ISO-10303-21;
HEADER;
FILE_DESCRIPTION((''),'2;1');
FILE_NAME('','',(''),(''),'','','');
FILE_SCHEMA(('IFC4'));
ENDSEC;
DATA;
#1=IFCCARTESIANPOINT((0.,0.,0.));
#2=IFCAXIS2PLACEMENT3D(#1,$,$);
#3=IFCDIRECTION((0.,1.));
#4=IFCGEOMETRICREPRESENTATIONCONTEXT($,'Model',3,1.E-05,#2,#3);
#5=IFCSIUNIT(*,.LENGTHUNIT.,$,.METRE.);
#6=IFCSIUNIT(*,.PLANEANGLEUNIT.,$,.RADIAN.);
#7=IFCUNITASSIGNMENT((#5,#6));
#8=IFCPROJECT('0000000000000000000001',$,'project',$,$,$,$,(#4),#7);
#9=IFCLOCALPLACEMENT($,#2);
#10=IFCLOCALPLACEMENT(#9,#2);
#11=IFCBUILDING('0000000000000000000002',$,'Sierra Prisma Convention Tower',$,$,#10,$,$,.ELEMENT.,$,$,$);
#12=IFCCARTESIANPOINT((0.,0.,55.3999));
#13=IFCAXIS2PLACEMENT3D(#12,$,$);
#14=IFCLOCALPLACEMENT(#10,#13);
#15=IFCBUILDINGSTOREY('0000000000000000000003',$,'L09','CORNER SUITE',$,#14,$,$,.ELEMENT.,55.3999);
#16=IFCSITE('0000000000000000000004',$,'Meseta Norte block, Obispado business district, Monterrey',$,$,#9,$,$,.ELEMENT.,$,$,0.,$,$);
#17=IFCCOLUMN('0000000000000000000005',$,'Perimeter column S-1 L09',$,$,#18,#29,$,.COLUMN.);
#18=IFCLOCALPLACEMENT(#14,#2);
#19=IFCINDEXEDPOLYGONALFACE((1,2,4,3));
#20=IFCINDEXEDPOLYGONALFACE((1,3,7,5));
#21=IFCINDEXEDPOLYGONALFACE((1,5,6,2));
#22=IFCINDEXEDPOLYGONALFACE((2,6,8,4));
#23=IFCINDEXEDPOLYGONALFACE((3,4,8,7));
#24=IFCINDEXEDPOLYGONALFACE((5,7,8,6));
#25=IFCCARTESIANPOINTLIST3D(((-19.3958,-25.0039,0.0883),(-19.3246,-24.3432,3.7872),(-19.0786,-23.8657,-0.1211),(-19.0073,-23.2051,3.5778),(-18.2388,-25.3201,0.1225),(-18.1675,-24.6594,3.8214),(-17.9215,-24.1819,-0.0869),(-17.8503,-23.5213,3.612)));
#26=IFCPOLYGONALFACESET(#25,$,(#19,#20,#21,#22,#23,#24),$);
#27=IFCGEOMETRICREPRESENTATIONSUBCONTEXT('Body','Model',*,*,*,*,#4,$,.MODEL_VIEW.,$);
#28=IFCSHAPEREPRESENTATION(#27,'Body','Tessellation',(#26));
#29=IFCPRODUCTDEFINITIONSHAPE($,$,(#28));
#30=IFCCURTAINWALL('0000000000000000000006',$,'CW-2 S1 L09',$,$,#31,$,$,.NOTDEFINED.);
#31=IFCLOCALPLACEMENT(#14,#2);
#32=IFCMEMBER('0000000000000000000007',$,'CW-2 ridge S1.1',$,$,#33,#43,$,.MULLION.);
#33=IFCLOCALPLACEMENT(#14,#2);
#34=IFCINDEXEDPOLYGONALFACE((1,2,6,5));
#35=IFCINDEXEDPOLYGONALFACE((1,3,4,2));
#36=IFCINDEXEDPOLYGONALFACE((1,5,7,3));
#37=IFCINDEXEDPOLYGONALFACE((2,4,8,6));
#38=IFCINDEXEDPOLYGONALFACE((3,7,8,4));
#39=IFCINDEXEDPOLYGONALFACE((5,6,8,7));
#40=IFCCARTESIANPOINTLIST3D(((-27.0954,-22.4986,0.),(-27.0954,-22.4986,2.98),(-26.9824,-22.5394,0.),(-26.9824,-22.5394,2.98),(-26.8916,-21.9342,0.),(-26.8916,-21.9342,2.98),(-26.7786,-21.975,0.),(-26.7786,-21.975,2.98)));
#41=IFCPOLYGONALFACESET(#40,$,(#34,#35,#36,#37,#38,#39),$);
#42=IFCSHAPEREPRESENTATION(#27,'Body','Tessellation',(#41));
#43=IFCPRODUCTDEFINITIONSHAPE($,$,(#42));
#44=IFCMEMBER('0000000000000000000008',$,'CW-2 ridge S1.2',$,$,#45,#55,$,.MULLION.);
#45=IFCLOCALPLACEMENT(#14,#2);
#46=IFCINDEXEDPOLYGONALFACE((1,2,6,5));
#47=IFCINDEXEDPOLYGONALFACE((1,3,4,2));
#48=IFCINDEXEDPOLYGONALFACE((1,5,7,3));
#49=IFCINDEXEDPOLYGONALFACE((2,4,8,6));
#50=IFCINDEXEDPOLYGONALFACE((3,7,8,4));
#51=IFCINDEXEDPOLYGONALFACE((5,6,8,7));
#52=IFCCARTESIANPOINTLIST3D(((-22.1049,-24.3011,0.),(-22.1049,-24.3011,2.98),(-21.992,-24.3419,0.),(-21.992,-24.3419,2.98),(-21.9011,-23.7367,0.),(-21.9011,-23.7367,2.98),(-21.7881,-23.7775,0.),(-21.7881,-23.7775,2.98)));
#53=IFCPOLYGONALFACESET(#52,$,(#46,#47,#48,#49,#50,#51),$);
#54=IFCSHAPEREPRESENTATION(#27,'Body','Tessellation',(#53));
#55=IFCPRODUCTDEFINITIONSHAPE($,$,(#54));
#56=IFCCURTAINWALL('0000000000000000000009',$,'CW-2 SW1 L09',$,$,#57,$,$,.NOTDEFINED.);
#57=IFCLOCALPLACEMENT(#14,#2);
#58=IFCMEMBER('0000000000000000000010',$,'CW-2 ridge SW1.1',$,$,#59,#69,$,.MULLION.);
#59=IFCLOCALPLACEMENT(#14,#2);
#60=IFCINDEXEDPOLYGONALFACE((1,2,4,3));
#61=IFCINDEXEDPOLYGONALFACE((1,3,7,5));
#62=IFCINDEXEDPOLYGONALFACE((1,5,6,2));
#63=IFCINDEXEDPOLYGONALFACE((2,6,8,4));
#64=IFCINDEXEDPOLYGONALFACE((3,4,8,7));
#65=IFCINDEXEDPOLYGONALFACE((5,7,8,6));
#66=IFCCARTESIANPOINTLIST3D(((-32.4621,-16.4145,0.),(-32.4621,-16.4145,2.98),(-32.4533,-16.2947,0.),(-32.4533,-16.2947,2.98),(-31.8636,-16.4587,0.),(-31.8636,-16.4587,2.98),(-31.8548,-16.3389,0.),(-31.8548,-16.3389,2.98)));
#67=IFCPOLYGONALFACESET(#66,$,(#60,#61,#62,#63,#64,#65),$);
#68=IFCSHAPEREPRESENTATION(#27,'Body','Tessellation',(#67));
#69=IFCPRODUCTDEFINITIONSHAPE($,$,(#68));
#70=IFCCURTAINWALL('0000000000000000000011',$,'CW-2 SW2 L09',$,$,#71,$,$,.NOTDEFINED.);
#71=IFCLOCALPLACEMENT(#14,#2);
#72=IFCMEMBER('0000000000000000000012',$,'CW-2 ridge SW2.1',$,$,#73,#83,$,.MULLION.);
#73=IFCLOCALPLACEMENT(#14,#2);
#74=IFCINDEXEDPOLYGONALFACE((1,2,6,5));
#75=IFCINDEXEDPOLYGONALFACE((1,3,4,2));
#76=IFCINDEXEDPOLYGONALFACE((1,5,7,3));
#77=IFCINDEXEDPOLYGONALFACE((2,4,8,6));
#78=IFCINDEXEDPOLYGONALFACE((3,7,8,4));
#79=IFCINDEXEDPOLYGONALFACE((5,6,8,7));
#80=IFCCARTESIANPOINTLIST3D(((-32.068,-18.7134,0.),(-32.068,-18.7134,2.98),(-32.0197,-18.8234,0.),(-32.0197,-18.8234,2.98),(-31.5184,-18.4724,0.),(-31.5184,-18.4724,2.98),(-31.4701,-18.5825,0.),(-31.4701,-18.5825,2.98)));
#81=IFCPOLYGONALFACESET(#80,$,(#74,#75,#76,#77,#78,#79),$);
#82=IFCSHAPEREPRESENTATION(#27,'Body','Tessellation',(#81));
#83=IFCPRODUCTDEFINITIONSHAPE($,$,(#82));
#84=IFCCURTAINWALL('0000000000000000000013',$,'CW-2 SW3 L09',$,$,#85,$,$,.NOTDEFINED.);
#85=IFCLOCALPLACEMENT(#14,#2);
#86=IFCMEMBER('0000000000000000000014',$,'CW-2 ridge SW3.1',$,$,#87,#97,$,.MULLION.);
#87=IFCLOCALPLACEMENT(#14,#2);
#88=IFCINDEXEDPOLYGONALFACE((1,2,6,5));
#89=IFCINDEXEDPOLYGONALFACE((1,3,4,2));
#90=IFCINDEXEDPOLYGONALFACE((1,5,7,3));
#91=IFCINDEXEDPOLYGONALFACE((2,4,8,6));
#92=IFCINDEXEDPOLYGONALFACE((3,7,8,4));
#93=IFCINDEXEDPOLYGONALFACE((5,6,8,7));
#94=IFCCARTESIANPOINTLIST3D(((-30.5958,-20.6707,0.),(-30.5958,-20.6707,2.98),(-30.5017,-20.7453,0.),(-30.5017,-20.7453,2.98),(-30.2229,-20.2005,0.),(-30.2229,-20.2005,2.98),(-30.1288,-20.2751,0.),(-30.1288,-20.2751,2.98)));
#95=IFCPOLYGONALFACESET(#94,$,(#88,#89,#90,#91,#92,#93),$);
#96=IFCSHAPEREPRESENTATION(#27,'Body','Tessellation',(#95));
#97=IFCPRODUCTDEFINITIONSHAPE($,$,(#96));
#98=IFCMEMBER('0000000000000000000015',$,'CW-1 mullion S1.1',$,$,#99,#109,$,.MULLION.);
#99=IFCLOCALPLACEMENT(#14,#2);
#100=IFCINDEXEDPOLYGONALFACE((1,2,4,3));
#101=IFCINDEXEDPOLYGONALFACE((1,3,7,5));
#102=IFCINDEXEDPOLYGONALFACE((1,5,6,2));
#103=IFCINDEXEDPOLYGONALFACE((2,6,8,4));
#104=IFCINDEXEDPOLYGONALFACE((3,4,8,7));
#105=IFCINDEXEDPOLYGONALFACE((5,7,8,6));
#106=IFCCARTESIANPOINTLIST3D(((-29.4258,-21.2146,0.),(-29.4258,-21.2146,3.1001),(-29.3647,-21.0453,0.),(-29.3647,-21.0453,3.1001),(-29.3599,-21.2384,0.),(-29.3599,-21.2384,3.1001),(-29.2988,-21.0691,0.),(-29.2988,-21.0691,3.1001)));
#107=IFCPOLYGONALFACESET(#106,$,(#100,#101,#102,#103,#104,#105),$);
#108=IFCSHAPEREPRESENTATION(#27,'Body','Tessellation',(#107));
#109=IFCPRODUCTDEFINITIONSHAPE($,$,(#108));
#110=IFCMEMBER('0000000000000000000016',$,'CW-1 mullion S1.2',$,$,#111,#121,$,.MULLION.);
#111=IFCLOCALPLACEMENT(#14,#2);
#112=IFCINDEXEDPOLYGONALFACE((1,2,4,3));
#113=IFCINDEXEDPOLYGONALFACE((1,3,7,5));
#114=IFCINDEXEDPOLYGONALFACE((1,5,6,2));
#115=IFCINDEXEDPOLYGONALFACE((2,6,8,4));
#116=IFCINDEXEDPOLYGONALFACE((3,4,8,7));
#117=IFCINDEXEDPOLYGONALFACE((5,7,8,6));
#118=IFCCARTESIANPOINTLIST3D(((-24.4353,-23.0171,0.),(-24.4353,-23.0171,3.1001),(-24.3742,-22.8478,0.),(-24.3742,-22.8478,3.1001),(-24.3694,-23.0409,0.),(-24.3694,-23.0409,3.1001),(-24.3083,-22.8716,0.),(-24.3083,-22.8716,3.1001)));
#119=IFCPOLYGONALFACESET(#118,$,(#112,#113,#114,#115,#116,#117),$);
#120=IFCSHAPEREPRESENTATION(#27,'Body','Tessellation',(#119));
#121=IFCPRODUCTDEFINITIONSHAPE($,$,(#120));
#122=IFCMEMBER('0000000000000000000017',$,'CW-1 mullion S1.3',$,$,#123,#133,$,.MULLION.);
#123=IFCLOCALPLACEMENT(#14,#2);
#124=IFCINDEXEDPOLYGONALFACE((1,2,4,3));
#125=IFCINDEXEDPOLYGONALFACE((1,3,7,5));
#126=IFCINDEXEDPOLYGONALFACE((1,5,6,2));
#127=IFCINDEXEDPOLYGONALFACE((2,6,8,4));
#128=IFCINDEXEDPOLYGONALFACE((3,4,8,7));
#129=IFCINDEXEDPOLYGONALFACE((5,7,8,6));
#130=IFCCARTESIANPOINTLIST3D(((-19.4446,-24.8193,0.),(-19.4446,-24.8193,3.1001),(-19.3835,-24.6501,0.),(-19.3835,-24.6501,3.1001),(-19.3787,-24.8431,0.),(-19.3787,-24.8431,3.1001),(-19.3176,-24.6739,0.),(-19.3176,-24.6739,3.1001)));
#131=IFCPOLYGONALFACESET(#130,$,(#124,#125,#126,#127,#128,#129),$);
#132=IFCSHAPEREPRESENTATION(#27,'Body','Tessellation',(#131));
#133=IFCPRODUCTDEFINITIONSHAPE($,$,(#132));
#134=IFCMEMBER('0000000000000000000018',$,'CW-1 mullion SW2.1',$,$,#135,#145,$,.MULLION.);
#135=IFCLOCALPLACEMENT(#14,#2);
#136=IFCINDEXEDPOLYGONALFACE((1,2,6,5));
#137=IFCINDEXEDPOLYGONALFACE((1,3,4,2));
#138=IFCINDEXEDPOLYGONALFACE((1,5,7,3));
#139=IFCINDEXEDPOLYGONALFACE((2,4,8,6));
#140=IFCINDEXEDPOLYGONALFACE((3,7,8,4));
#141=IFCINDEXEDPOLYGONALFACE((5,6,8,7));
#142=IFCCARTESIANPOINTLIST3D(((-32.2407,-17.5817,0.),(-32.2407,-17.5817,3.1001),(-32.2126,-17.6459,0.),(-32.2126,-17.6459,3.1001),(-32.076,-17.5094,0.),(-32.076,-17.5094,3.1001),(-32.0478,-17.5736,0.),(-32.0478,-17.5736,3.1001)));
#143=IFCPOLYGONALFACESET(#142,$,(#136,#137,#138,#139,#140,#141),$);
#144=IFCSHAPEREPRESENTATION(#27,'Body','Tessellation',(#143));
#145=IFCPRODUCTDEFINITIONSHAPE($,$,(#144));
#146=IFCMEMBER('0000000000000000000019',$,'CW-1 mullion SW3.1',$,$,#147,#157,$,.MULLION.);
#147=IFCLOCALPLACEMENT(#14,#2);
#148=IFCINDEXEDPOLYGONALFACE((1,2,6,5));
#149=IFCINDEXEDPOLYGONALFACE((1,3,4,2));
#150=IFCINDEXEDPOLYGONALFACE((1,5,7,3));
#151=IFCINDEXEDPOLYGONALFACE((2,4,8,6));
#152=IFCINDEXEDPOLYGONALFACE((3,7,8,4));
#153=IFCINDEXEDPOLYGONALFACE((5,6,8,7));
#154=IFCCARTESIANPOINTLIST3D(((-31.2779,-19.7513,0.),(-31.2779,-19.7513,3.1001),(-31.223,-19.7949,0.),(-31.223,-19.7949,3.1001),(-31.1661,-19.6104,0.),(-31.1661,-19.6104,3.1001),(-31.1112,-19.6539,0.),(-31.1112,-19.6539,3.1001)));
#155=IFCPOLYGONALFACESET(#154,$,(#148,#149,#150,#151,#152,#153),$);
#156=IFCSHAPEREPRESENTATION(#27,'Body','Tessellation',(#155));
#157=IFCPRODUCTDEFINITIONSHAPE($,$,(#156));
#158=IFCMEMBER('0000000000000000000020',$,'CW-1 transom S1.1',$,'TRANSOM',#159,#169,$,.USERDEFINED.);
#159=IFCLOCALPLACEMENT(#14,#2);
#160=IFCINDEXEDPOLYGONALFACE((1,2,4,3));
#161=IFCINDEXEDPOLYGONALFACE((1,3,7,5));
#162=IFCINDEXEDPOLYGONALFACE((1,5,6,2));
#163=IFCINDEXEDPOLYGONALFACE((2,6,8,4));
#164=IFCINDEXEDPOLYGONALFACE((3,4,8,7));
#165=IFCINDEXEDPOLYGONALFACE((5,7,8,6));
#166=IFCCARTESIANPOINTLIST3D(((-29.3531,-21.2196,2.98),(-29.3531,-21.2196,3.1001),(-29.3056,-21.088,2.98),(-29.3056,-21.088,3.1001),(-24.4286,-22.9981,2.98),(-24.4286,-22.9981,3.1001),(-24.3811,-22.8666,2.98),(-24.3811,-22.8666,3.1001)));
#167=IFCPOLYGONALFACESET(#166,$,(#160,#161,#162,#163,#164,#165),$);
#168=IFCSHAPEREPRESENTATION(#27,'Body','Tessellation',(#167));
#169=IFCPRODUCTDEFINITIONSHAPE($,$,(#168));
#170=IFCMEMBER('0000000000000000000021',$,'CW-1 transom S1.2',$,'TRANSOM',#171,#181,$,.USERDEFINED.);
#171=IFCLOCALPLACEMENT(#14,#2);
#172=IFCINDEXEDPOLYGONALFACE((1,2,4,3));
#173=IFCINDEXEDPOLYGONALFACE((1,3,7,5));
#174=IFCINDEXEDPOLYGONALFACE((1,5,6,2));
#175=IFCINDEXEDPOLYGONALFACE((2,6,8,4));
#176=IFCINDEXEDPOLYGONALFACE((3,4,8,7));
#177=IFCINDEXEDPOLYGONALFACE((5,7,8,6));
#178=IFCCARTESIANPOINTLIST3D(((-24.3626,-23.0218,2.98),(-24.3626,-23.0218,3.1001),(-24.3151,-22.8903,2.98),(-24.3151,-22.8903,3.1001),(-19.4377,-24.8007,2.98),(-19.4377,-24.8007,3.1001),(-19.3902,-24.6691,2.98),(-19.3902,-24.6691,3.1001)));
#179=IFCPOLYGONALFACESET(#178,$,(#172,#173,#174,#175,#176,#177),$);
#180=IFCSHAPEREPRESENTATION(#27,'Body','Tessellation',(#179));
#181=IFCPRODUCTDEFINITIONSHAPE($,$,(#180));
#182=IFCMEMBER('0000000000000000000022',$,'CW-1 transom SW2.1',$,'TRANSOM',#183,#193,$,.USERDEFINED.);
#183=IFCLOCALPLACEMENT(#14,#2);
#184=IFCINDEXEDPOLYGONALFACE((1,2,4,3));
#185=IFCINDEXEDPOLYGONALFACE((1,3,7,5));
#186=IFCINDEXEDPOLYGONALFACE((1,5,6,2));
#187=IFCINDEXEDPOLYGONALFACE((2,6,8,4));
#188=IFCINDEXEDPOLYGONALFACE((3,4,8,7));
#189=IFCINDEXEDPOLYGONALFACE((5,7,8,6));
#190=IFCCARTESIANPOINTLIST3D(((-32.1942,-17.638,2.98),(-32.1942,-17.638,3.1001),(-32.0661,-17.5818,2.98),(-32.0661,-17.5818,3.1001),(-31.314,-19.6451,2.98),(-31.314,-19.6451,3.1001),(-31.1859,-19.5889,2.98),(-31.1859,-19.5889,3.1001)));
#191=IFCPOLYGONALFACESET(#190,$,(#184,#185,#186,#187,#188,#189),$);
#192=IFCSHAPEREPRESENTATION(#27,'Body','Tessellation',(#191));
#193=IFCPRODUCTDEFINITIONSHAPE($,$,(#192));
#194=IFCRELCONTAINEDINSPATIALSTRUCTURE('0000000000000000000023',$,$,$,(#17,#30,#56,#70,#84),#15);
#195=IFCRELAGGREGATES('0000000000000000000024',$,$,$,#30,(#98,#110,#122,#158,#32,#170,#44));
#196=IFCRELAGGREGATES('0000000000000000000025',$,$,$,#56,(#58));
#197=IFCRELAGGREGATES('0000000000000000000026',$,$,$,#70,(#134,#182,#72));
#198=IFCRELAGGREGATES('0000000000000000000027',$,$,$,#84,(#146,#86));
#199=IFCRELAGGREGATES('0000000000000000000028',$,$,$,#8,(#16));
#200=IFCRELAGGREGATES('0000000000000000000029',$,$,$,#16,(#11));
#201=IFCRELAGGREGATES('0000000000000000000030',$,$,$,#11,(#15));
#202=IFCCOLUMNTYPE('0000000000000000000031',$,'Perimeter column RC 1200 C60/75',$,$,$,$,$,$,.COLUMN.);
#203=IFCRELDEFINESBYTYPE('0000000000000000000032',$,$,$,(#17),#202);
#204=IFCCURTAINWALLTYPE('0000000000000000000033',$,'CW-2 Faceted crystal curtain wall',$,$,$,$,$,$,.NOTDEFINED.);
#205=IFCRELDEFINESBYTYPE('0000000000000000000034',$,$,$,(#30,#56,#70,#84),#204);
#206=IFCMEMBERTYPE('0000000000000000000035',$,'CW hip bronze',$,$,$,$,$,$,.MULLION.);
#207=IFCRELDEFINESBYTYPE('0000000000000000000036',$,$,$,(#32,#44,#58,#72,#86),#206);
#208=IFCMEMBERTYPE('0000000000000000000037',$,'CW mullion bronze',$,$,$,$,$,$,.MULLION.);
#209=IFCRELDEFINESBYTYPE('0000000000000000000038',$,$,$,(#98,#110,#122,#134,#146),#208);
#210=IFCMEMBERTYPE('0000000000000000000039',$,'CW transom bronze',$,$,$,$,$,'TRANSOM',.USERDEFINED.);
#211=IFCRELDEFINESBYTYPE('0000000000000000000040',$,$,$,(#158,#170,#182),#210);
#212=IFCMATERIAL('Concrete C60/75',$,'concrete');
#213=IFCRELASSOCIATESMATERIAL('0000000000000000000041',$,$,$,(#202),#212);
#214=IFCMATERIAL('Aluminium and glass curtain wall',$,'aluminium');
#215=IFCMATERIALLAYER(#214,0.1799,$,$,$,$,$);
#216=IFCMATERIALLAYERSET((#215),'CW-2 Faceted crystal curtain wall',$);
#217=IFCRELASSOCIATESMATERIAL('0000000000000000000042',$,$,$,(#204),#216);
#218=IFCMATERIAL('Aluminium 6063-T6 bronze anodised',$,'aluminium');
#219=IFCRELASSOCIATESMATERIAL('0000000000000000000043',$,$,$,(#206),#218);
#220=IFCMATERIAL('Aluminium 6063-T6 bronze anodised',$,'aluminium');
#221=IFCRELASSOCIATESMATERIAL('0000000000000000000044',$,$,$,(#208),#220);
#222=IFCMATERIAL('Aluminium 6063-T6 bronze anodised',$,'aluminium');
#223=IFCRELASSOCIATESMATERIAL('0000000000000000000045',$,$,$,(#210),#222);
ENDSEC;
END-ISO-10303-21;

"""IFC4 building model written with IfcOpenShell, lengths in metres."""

from ifc_helpers import new_model, si_unit, direction, frame, origin, origin_2d, place, context, subcontext, project, spatial, rectangle, extrude, clip, halfspace, material, layer, layer_set, material_profile, profile_set, type_object, element, aggregate, save


model = new_model("IFC4")

# Units and contexts
model_context = context("Model", 3, precision=1e-05, world=origin(), true_north=direction((0.0, 1.0)))
body_context = subcontext(model_context, "Body", "Model", "MODEL_VIEW")
ifc_project = project(units=[si_unit("LENGTHUNIT", "METRE"), si_unit("PLANEANGLEUNIT", "RADIAN")], contexts=[model_context])

# Site, building, storey
site_placement = place(None, origin())
site = spatial("IfcSite", under=ifc_project, at=site_placement, Name="Meseta Norte block, Obispado business district, Monterrey", CompositionType="ELEMENT", RefElevation=0.0)
building_placement = place(site_placement, origin())
building = spatial("IfcBuilding", under=site, at=building_placement, Name="Sierra Prisma Convention Tower", CompositionType="ELEMENT")
storey_placement = place(building_placement, frame((0.0, 0.0, 55.3999)))
storey = spatial("IfcBuildingStorey", under=building, at=storey_placement, Name="L09", Description="CORNER SUITE", CompositionType="ELEMENT", Elevation=55.3999)

# Column
ifc_material_1 = material(Name="Concrete C60/75", Category="concrete")
ifc_material_profile_1 = material_profile(ifc_material_1, rectangle(XDim=1.2, YDim=1.2, at=origin_2d()), Name="Perimeter column RC 1200 C60/75")
ifc_profile_set_1 = profile_set([ifc_material_profile_1], Name="Concrete C60/75")
column_type = type_object("IfcColumnType", Name="Perimeter column RC 1200 C60/75", PredefinedType="COLUMN", material=ifc_profile_set_1)
column_placement = place(storey_placement, frame((-18.6587, -24.593, 0.0), z_axis=(0.018963, 0.175795, 0.984244), x_axis=(-0.964231, 0.263526, -0.028491)))
element("IfcColumn", 1, at=column_placement, inside=storey, type_object=column_type, Name="Perimeter column S-1 L09", PredefinedType="COLUMN", context=body_context, shape_type="SweptSolid", body=[
    clip(clip(extrude(rectangle(XDim=1.2, YDim=1.2, at=origin_2d()), origin(), (0.0, 0.0, 1.0), 3.7595), halfspace(frame((0.0, 0.0, 0.0007)), True)), halfspace(frame((0.0, 0.0, 3.7588)), False)),
])

# Curtain wall, members
ifc_material_2 = material(Name="Aluminium and glass curtain wall", Category="aluminium")
ifc_layer_1 = layer(ifc_material_2, 0.1799)
ifc_layer_set_1 = layer_set([ifc_layer_1], Name="CW-2 Faceted crystal curtain wall")
curtain_wall_type = type_object("IfcCurtainWallType", Name="CW-2 Faceted crystal curtain wall", PredefinedType="NOTDEFINED", material=ifc_layer_set_1)
curtain_wall_1_placement = place(storey_placement, origin())
curtain_wall_1 = element("IfcCurtainWall", 2, at=curtain_wall_1_placement, inside=storey, type_object=curtain_wall_type, Name="CW-2 S1 L09", PredefinedType="NOTDEFINED")
ifc_material_3 = material(Name="Aluminium 6063-T6 bronze anodised", Category="aluminium")
ifc_material_profile_2 = material_profile(ifc_material_3, rectangle(XDim=0.1201, YDim=0.6001, at=origin_2d()), Name="ALU RIDGE BLADE 120x600")
ifc_profile_set_2 = profile_set([ifc_material_profile_2], Name="Aluminium 6063-T6 bronze anodised")
member_type_1 = type_object("IfcMemberType", Name="CW hip bronze", PredefinedType="MULLION", material=ifc_profile_set_2)
member_1_placement = place(storey_placement, frame((-26.937, -22.2368, 0.0), z_axis=(0.0, 0.0, 1.0), x_axis=(0.940538, -0.339689, 0.0)))
member_1 = element("IfcMember", 3, at=member_1_placement, type_object=member_type_1, Name="CW-2 ridge S1.1", PredefinedType="MULLION", context=body_context, shape_type="SweptSolid", body=[
    extrude(rectangle(XDim=0.1201, YDim=0.6001, at=origin_2d()), origin(), (0.0, 0.0, 1.0), 2.98),
])
member_2_placement = place(storey_placement, frame((-21.9465, -24.0393, 0.0), z_axis=(0.0, 0.0, 1.0), x_axis=(0.940538, -0.339689, 0.0)))
member_2 = element("IfcMember", 4, at=member_2_placement, type_object=member_type_1, Name="CW-2 ridge S1.2", PredefinedType="MULLION", context=body_context, shape_type="SweptSolid", body=[
    extrude(rectangle(XDim=0.1201, YDim=0.6001, at=origin_2d()), origin(), (0.0, 0.0, 1.0), 2.98),
])

# Curtain walls, members
curtain_wall_2_placement = place(storey_placement, origin())
curtain_wall_2 = element("IfcCurtainWall", 5, at=curtain_wall_2_placement, inside=storey, type_object=curtain_wall_type, Name="CW-2 SW1 L09", PredefinedType="NOTDEFINED")
member_3_placement = place(storey_placement, frame((-32.1584, -16.3767, 0.0), z_axis=(0.0, 0.0, 1.0), x_axis=(-0.073634, -0.997285, 0.0)))
member_3 = element("IfcMember", 6, at=member_3_placement, type_object=member_type_1, Name="CW-2 ridge SW1.1", PredefinedType="MULLION", context=body_context, shape_type="SweptSolid", body=[
    extrude(rectangle(XDim=0.1201, YDim=0.6001, at=origin_2d()), origin(), (0.0, 0.0, 1.0), 2.98),
])
curtain_wall_3_placement = place(storey_placement, origin())
curtain_wall_3 = element("IfcCurtainWall", 7, at=curtain_wall_3_placement, inside=storey, type_object=curtain_wall_type, Name="CW-2 SW2 L09", PredefinedType="NOTDEFINED")
member_4_placement = place(storey_placement, frame((-31.769, -18.6479, 0.0), z_axis=(0.0, 0.0, 1.0), x_axis=(0.401593, -0.915818, 0.0)))
member_4 = element("IfcMember", 8, at=member_4_placement, type_object=member_type_1, Name="CW-2 ridge SW2.1", PredefinedType="MULLION", context=body_context, shape_type="SweptSolid", body=[
    extrude(rectangle(XDim=0.1201, YDim=0.6001, at=origin_2d()), origin(), (0.0, 0.0, 1.0), 2.98),
])
curtain_wall_4_placement = place(storey_placement, origin())
curtain_wall_4 = element("IfcCurtainWall", 9, at=curtain_wall_4_placement, inside=storey, type_object=curtain_wall_type, Name="CW-2 SW3 L09", PredefinedType="NOTDEFINED")
member_5_placement = place(storey_placement, frame((-30.3623, -20.4729, 0.0), z_axis=(0.0, 0.0, 1.0), x_axis=(0.783459, -0.621444, 0.0)))
member_5 = element("IfcMember", 10, at=member_5_placement, type_object=member_type_1, Name="CW-2 ridge SW3.1", PredefinedType="MULLION", context=body_context, shape_type="SweptSolid", body=[
    extrude(rectangle(XDim=0.1201, YDim=0.6001, at=origin_2d()), origin(), (0.0, 0.0, 1.0), 2.98),
])

# Members
ifc_material_4 = material(Name="Aluminium 6063-T6 bronze anodised", Category="aluminium")
ifc_material_profile_3 = material_profile(ifc_material_4, rectangle(XDim=0.1799, YDim=0.0701, at=origin_2d()), Name="ALU MULLION 70x180")
ifc_profile_set_3 = profile_set([ifc_material_profile_3], Name="Aluminium 6063-T6 bronze anodised")
member_type_2 = type_object("IfcMemberType", Name="CW mullion bronze", PredefinedType="MULLION", material=ifc_profile_set_3)
member_6_placement = place(storey_placement, frame((-29.3623, -21.1418, 0.0), z_axis=(0.0, 0.0, 1.0), x_axis=(0.339689, 0.940538, 0.0)))
member_6 = element("IfcMember", 11, at=member_6_placement, type_object=member_type_2, Name="CW-1 mullion S1.1", PredefinedType="MULLION", context=body_context, shape_type="SweptSolid", body=[
    extrude(rectangle(XDim=0.1799, YDim=0.0701, at=origin_2d()), origin(), (0.0, 0.0, 1.0), 3.1001),
])
member_7_placement = place(storey_placement, frame((-24.3718, -22.9443, 0.0), z_axis=(0.0, 0.0, 1.0), x_axis=(0.339689, 0.940538, 0.0)))
member_7 = element("IfcMember", 12, at=member_7_placement, type_object=member_type_2, Name="CW-1 mullion S1.2", PredefinedType="MULLION", context=body_context, shape_type="SweptSolid", body=[
    extrude(rectangle(XDim=0.1799, YDim=0.0701, at=origin_2d()), origin(), (0.0, 0.0, 1.0), 3.1001),
])
member_8_placement = place(storey_placement, frame((-19.3811, -24.7466, 0.0), z_axis=(0.0, 0.0, 1.0), x_axis=(0.339689, 0.940538, 0.0)))
member_8 = element("IfcMember", 13, at=member_8_placement, type_object=member_type_2, Name="CW-1 mullion S1.3", PredefinedType="MULLION", context=body_context, shape_type="SweptSolid", body=[
    extrude(rectangle(XDim=0.1799, YDim=0.0701, at=origin_2d()), origin(), (0.0, 0.0, 1.0), 3.1001),
])
member_9_placement = place(storey_placement, frame((-32.1443, -17.5776, 0.0), z_axis=(0.0, 0.0, 1.0), x_axis=(0.915818, 0.401593, 0.0)))
member_9 = element("IfcMember", 14, at=member_9_placement, type_object=member_type_2, Name="CW-1 mullion SW2.1", PredefinedType="MULLION", context=body_context, shape_type="SweptSolid", body=[
    extrude(rectangle(XDim=0.1799, YDim=0.0701, at=origin_2d()), origin(), (0.0, 0.0, 1.0), 3.1001),
])
member_10_placement = place(storey_placement, frame((-31.1946, -19.7026, 0.0), z_axis=(0.0, 0.0, 1.0), x_axis=(0.621444, 0.783459, 0.0)))
member_10 = element("IfcMember", 15, at=member_10_placement, type_object=member_type_2, Name="CW-1 mullion SW3.1", PredefinedType="MULLION", context=body_context, shape_type="SweptSolid", body=[
    extrude(rectangle(XDim=0.1799, YDim=0.0701, at=origin_2d()), origin(), (0.0, 0.0, 1.0), 3.1001),
])
ifc_material_5 = material(Name="Aluminium 6063-T6 bronze anodised", Category="aluminium")
ifc_material_profile_4 = material_profile(ifc_material_5, rectangle(XDim=0.1399, YDim=0.1201, at=origin_2d()), Name="ALU TRANSOM 120x140")
ifc_profile_set_4 = profile_set([ifc_material_profile_4], Name="Aluminium 6063-T6 bronze anodised")
member_type_3 = type_object("IfcMemberType", Name="CW transom bronze", ElementType="TRANSOM", PredefinedType="USERDEFINED", material=ifc_profile_set_4)
member_11_placement = place(storey_placement, frame((-29.3293, -21.1538, 3.04), z_axis=(0.940539, -0.339687, 0.0), x_axis=(0.339687, 0.940539, 0.0)))
member_11 = element("IfcMember", 16, at=member_11_placement, type_object=member_type_3, Name="CW-1 transom S1.1", ObjectType="TRANSOM", PredefinedType="USERDEFINED", context=body_context, shape_type="SweptSolid", body=[
    extrude(rectangle(XDim=0.1399, YDim=0.1201, at=origin_2d()), origin(), (0.0, 0.0, 1.0), 5.2358),
])
member_12_placement = place(storey_placement, frame((-24.3389, -22.9561, 3.04), z_axis=(0.940529, -0.339713, 0.0), x_axis=(0.339713, 0.940529, 0.0)))
member_12 = element("IfcMember", 17, at=member_12_placement, type_object=member_type_3, Name="CW-1 transom S1.2", ObjectType="TRANSOM", PredefinedType="USERDEFINED", context=body_context, shape_type="SweptSolid", body=[
    extrude(rectangle(XDim=0.1399, YDim=0.1201, at=origin_2d()), origin(), (0.0, 0.0, 1.0), 5.2363),
])
member_13_placement = place(storey_placement, frame((-32.1301, -17.6099, 3.04), z_axis=(0.401596, -0.915817, 0.0), x_axis=(0.915817, 0.401596, 0.0)))
member_13 = element("IfcMember", 18, at=member_13_placement, type_object=member_type_3, Name="CW-1 transom SW2.1", ObjectType="TRANSOM", PredefinedType="USERDEFINED", context=body_context, shape_type="SweptSolid", body=[
    extrude(rectangle(XDim=0.1399, YDim=0.1201, at=origin_2d()), origin(), (0.0, 0.0, 1.0), 2.1917),
])

aggregate(curtain_wall_1, [member_6, member_7, member_8, member_11, member_1, member_12, member_2])
aggregate(curtain_wall_2, [member_3])
aggregate(curtain_wall_3, [member_9, member_13, member_4])
aggregate(curtain_wall_4, [member_10, member_5])

save(model, "model.ifc")
